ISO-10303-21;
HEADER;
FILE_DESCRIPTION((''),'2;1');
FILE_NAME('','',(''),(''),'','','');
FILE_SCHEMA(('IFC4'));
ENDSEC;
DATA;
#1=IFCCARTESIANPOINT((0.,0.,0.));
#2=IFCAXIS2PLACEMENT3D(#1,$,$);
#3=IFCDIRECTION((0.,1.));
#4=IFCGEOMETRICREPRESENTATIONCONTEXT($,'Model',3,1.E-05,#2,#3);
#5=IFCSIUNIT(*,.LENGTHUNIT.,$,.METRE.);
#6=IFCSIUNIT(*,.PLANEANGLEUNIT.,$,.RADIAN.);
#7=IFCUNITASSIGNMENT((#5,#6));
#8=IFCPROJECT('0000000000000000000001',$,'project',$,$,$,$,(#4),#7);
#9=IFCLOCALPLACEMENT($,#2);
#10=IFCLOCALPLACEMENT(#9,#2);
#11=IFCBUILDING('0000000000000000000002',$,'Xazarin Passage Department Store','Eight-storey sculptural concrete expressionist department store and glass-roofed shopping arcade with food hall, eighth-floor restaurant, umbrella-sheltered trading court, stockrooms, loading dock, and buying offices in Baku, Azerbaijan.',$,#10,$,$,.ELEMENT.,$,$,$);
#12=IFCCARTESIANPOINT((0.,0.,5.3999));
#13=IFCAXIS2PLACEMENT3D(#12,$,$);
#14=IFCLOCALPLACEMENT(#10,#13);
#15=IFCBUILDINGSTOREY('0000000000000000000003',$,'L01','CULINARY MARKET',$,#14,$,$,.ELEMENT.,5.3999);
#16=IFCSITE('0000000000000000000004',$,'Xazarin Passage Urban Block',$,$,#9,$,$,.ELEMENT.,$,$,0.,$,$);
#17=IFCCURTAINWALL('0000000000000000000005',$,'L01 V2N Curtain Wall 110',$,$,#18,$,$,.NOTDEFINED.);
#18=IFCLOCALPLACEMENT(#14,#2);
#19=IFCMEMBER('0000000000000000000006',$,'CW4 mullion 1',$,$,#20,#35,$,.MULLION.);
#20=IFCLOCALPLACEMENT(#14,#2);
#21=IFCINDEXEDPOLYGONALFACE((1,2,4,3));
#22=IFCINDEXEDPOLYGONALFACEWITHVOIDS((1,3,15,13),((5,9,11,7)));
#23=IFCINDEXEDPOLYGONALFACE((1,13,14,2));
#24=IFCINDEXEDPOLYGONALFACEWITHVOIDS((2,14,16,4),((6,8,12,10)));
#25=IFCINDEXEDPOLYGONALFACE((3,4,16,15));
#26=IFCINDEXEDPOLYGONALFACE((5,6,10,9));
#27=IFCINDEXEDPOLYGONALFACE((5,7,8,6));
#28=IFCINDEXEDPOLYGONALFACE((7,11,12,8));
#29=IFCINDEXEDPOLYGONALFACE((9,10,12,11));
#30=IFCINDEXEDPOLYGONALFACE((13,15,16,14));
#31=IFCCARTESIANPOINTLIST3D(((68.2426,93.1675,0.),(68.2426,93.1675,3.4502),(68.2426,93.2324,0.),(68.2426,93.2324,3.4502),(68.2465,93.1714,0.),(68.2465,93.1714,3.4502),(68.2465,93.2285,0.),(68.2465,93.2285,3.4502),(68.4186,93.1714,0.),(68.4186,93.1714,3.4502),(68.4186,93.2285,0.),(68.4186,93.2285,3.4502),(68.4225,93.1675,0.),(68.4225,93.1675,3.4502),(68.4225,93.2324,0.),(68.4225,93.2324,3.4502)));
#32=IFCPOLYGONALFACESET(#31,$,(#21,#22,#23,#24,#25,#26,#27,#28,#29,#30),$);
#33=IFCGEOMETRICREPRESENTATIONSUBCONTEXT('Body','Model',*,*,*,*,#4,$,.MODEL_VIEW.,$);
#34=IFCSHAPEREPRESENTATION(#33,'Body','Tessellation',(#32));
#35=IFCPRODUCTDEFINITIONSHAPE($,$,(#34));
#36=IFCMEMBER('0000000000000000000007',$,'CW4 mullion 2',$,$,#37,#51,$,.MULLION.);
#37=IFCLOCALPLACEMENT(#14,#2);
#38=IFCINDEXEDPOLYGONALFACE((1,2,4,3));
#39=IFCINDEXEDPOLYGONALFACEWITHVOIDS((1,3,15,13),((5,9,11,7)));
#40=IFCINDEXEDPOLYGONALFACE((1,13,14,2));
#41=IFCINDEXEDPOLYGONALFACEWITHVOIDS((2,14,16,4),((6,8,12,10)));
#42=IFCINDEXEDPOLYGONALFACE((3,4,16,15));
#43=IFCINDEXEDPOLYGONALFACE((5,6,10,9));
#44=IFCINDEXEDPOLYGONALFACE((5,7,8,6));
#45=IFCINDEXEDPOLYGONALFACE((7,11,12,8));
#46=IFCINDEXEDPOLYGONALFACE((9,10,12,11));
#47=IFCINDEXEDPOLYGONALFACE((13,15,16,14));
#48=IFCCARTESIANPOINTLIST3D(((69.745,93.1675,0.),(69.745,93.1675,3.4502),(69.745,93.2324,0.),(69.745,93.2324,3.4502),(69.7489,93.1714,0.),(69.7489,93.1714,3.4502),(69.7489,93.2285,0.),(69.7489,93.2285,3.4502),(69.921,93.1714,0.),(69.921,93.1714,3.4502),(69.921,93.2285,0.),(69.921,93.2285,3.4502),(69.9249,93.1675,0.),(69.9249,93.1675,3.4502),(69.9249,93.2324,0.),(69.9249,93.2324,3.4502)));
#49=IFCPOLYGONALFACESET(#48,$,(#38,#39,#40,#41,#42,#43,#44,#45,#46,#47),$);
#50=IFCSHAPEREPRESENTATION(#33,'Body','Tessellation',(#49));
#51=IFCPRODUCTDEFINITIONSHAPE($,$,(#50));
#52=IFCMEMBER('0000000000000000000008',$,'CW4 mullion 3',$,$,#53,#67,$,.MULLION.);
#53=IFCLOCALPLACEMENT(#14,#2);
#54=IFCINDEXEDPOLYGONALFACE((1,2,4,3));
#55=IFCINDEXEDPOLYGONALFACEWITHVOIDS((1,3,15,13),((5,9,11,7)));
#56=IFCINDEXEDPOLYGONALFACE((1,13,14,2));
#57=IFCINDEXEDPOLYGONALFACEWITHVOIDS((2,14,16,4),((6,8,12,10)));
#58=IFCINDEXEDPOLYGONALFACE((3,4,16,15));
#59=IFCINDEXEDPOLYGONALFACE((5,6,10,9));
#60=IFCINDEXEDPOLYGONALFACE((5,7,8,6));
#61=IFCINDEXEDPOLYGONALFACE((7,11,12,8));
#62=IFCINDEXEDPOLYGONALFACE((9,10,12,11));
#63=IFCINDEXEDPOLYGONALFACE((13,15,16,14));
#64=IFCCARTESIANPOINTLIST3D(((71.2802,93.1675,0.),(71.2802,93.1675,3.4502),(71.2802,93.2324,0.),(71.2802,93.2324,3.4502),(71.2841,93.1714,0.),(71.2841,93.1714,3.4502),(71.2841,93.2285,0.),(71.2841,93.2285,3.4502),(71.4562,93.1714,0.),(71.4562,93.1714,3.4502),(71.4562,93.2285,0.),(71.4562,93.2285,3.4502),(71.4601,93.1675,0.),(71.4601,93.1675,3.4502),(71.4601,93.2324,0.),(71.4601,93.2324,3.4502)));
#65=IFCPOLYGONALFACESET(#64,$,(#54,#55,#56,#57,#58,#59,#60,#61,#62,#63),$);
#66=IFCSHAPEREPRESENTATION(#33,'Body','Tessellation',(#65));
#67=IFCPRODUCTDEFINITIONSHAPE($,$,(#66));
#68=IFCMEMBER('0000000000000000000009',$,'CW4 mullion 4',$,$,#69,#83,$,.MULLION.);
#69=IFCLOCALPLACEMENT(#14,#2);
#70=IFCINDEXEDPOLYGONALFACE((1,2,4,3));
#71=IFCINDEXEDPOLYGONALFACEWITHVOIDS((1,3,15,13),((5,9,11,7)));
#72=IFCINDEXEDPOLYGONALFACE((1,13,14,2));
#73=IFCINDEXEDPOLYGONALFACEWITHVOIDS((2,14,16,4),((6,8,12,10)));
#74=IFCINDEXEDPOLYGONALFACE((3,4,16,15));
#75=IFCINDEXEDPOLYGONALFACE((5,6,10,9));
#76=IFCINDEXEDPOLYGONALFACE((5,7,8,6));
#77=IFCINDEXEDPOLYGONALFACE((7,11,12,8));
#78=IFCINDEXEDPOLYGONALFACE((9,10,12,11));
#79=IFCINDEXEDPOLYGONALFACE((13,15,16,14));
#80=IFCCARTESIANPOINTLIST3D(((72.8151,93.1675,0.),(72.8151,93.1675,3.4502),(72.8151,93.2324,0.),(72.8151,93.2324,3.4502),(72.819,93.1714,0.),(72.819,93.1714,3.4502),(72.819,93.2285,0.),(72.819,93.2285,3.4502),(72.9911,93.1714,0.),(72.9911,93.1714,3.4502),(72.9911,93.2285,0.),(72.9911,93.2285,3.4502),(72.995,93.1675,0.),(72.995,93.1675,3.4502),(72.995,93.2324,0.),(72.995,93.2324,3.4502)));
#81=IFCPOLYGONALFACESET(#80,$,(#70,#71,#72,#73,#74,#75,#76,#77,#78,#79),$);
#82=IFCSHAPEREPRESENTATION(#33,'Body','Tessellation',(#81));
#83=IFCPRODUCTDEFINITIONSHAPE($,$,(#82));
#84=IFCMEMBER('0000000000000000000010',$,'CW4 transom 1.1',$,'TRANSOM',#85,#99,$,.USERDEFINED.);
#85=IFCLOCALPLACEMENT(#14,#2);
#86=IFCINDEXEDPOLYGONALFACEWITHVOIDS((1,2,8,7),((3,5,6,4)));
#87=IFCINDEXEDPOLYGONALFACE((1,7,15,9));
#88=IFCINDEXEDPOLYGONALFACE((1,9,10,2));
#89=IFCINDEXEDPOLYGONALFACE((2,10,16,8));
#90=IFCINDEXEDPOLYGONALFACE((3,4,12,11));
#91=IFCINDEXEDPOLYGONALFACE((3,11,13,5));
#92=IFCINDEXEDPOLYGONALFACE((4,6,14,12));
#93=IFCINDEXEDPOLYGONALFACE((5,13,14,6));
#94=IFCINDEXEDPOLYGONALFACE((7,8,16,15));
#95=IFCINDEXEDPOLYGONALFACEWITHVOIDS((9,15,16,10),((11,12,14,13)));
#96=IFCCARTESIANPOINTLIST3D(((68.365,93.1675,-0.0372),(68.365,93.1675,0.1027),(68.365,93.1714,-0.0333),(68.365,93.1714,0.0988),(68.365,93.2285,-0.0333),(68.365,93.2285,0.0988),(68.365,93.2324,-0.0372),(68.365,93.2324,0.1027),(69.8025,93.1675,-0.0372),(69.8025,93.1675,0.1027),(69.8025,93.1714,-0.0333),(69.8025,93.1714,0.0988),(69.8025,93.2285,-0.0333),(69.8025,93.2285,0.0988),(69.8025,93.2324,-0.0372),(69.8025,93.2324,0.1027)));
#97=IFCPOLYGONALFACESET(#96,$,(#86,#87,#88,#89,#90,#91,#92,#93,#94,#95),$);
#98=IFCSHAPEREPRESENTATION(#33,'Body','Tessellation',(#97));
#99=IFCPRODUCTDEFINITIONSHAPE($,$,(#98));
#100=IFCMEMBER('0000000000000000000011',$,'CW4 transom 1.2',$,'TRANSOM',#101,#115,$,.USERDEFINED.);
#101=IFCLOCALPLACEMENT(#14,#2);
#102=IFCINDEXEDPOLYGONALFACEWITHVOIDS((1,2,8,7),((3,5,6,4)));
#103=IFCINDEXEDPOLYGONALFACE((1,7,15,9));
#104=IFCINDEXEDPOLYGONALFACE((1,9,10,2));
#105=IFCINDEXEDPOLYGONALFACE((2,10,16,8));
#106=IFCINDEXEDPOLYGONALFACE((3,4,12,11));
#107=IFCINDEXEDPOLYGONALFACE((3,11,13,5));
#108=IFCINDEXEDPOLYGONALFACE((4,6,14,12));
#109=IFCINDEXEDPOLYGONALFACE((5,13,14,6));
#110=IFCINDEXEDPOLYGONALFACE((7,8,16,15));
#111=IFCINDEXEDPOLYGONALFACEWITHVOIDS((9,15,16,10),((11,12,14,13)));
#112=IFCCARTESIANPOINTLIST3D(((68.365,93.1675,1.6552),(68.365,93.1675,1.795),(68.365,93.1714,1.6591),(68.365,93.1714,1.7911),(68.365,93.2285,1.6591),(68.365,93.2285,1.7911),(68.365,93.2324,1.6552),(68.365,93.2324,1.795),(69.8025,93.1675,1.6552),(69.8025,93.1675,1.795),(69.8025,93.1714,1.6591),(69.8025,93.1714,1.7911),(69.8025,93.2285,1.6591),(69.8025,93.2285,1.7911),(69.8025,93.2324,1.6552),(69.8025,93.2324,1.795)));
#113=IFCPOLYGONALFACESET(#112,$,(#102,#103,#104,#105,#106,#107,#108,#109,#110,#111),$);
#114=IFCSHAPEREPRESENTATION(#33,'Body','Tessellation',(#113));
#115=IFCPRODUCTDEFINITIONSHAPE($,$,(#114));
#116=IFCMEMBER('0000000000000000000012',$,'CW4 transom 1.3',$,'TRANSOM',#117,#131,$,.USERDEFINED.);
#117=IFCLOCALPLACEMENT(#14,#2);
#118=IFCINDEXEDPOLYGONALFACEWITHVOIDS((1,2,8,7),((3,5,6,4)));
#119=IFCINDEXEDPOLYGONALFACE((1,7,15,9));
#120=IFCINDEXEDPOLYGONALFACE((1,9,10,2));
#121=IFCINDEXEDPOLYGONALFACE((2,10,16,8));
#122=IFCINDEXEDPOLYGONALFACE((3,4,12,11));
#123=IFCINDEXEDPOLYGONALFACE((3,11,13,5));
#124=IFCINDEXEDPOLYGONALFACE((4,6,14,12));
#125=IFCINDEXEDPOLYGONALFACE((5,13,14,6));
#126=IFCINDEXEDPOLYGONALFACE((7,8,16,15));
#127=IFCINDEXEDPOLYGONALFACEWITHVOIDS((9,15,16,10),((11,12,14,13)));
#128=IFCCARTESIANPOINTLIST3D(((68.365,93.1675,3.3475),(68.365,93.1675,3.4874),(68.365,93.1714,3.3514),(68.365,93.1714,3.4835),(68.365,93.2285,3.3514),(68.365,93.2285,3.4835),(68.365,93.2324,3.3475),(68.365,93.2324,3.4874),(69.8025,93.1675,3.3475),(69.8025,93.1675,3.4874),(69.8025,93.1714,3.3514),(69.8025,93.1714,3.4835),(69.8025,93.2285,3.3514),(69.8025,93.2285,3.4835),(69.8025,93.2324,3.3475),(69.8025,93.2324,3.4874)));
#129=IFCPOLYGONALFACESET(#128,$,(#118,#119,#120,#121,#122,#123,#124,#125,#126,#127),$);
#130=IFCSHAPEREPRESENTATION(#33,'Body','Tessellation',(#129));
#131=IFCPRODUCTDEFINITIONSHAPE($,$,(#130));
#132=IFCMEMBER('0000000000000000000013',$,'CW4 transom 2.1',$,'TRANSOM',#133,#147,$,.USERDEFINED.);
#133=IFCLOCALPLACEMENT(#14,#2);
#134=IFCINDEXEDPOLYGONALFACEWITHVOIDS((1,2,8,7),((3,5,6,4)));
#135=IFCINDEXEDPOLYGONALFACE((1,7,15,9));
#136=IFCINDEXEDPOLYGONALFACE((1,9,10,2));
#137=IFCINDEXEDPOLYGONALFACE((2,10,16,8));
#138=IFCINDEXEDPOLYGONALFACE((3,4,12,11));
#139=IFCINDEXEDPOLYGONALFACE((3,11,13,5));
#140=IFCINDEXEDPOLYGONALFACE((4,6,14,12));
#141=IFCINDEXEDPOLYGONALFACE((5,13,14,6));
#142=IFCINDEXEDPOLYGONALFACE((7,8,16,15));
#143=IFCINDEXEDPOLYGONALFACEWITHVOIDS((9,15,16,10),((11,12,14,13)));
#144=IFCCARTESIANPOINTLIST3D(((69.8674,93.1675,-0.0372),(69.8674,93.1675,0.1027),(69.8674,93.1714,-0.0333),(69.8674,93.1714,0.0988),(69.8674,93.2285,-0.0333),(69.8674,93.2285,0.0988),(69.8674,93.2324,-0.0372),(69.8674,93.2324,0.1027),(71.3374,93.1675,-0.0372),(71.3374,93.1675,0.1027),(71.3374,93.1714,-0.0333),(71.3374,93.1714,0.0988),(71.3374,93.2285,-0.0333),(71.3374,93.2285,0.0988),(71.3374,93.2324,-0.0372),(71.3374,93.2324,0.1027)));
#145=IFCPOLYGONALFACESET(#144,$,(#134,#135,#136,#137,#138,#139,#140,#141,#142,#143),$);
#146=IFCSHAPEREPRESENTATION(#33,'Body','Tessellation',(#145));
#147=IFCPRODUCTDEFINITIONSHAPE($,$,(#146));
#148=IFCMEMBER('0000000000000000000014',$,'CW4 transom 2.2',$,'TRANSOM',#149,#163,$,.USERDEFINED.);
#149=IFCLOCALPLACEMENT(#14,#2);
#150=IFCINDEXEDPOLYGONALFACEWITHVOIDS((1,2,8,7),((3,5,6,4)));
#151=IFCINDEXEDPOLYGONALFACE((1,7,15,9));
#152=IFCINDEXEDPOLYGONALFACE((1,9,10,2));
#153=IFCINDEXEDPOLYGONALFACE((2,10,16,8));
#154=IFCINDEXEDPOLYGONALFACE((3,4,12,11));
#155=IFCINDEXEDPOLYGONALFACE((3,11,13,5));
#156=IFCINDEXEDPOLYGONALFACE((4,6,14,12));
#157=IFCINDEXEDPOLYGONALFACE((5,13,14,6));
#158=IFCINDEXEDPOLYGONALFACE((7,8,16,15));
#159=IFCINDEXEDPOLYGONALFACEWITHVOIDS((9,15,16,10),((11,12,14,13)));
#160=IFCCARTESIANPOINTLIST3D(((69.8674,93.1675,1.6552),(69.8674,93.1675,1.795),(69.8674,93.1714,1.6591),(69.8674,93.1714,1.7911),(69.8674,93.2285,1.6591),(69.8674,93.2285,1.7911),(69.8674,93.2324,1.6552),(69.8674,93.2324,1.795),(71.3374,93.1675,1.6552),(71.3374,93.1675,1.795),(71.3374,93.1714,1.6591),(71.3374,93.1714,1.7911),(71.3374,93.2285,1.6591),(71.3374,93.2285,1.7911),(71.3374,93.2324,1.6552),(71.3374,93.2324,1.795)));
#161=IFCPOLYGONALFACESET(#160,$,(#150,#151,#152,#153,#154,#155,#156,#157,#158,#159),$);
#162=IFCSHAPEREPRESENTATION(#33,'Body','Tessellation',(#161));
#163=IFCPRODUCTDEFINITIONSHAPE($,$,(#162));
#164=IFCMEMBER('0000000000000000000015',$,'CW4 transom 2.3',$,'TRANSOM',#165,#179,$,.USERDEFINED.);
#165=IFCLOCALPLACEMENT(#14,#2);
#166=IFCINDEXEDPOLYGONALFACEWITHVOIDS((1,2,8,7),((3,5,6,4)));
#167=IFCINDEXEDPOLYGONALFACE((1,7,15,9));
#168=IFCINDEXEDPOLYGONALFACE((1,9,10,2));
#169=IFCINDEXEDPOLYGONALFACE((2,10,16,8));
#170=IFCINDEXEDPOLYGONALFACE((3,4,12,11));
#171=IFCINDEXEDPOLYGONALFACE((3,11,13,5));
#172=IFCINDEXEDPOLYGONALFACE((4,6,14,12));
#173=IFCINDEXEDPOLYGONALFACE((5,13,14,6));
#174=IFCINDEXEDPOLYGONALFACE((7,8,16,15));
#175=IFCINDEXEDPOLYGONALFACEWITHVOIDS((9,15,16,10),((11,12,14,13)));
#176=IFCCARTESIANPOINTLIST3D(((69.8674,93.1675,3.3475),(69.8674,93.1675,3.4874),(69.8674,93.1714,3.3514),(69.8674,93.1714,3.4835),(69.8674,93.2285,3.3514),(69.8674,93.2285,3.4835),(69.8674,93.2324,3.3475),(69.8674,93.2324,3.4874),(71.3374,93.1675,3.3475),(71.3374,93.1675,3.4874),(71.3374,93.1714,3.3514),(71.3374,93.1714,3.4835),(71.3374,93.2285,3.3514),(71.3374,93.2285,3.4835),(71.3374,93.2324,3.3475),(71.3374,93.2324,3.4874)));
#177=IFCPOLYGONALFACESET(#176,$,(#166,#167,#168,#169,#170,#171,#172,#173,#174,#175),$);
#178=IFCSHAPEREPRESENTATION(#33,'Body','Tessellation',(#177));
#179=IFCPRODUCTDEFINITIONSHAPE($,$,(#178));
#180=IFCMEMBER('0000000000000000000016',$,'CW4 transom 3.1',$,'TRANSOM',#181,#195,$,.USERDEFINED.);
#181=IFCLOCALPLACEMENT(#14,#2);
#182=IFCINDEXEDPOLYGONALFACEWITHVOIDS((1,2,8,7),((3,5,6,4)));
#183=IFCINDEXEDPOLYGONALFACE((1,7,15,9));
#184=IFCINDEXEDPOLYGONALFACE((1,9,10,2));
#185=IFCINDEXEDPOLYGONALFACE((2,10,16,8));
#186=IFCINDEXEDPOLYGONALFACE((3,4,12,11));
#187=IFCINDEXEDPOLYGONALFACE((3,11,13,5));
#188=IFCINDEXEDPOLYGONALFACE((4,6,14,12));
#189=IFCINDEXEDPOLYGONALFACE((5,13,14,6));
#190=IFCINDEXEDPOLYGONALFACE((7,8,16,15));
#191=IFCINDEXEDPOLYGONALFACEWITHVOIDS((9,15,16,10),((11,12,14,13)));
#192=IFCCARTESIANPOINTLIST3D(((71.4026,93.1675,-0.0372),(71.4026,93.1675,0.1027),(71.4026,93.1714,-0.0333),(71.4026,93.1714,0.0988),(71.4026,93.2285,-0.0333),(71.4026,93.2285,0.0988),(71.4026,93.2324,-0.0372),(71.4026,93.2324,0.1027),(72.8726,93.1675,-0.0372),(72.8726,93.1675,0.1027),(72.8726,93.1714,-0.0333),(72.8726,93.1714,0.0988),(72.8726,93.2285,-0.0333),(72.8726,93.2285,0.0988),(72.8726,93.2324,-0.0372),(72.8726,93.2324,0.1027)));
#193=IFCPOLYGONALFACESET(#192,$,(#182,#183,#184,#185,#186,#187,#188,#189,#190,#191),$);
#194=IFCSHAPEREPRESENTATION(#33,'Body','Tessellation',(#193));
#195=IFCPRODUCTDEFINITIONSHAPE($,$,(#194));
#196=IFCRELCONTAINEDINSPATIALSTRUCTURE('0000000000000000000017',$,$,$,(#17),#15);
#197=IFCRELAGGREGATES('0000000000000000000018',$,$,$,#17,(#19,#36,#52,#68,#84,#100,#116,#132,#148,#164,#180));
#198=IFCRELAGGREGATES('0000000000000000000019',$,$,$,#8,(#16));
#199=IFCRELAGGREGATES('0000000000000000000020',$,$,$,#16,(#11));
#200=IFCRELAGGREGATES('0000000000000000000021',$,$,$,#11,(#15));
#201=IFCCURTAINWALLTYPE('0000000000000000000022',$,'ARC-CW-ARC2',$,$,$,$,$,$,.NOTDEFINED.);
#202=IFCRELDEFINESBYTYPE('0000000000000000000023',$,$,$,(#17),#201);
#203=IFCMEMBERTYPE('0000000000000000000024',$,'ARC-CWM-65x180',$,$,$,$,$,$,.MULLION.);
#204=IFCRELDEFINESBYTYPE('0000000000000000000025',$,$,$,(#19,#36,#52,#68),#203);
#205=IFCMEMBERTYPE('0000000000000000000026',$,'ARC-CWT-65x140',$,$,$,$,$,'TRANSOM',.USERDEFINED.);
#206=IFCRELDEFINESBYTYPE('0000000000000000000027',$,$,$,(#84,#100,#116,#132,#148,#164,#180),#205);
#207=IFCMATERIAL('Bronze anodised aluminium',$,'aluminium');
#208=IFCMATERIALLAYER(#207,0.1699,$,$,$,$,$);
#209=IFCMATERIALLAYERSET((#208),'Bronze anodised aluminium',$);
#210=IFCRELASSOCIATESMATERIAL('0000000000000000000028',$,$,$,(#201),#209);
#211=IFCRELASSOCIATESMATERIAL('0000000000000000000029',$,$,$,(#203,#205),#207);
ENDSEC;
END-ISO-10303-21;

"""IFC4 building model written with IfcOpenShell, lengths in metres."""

from ifc_helpers import new_model, si_unit, direction, frame, origin, origin_2d, place, context, subcontext, project, spatial, hollow_rectangle, extrude, material, layer, layer_set, material_profile, profile_set, type_object, element, aggregate, save


model = new_model("IFC4")

# Units and contexts
model_context = context("Model", 3, precision=1e-05, world=origin(), true_north=direction((0.0, 1.0)))
body_context = subcontext(model_context, "Body", "Model", "MODEL_VIEW")
ifc_project = project(units=[si_unit("LENGTHUNIT", "METRE"), si_unit("PLANEANGLEUNIT", "RADIAN")], contexts=[model_context])

# Site, building, storey
site_placement = place(None, origin())
site = spatial("IfcSite", under=ifc_project, at=site_placement, Name="Xazarin Passage Urban Block", CompositionType="ELEMENT", RefElevation=0.0)
building_placement = place(site_placement, origin())
building = spatial("IfcBuilding", under=site, at=building_placement, Name="Xazarin Passage Department Store", Description="Eight-storey sculptural concrete expressionist department store and glass-roofed shopping arcade with food hall, eighth-floor restaurant, umbrella-sheltered trading court, stockrooms, loading dock, and buying offices in Baku, Azerbaijan.", CompositionType="ELEMENT")
storey_placement = place(building_placement, frame((0.0, 0.0, 5.3999)))
storey = spatial("IfcBuildingStorey", under=building, at=storey_placement, Name="L01", Description="CULINARY MARKET", CompositionType="ELEMENT", Elevation=5.3999)

# Curtain wall, members
ifc_material_1 = material(Name="Bronze anodised aluminium", Category="aluminium")
ifc_layer_1 = layer(ifc_material_1, 0.1699)
ifc_layer_set_1 = layer_set([ifc_layer_1], Name="Bronze anodised aluminium")
curtain_wall_type = type_object("IfcCurtainWallType", Name="ARC-CW-ARC2", PredefinedType="NOTDEFINED", material=ifc_layer_set_1)
curtain_wall_placement = place(storey_placement, origin())
curtain_wall = element("IfcCurtainWall", 1, at=curtain_wall_placement, inside=storey, type_object=curtain_wall_type, Name="L01 V2N Curtain Wall 110", PredefinedType="NOTDEFINED")
ifc_material_profile_1 = material_profile(ifc_material_1, hollow_rectangle(XDim=0.0649, YDim=0.1799, WallThickness=0.0039, at=origin_2d()), Name="ALU 65x180")
ifc_profile_set_1 = profile_set([ifc_material_profile_1], Name="Bronze anodised aluminium")
member_type_1 = type_object("IfcMemberType", Name="ARC-CWM-65x180", PredefinedType="MULLION", material=ifc_profile_set_1)
member_1_placement = place(storey_placement, frame((68.3325, 93.2, 0.0), z_axis=(0.0, 0.0, 1.0), x_axis=(0.0, 1.0, 0.0)))
member_1 = element("IfcMember", 2, at=member_1_placement, type_object=member_type_1, Name="CW4 mullion 1", PredefinedType="MULLION", context=body_context, shape_type="SweptSolid", body=[
    extrude(hollow_rectangle(XDim=0.0649, YDim=0.1799, WallThickness=0.0039, at=origin_2d()), origin(), (0.0, 0.0, 1.0), 3.4502),
])
member_2_placement = place(storey_placement, frame((69.835, 93.2, 0.0), z_axis=(0.0, 0.0, 1.0), x_axis=(0.0, 1.0, 0.0)))
member_2 = element("IfcMember", 3, at=member_2_placement, type_object=member_type_1, Name="CW4 mullion 2", PredefinedType="MULLION", context=body_context, shape_type="SweptSolid", body=[
    extrude(hollow_rectangle(XDim=0.0649, YDim=0.1799, WallThickness=0.0039, at=origin_2d()), origin(), (0.0, 0.0, 1.0), 3.4502),
])
member_3_placement = place(storey_placement, frame((71.3701, 93.2, 0.0), z_axis=(0.0, 0.0, 1.0), x_axis=(0.0, 1.0, 0.0)))
member_3 = element("IfcMember", 4, at=member_3_placement, type_object=member_type_1, Name="CW4 mullion 3", PredefinedType="MULLION", context=body_context, shape_type="SweptSolid", body=[
    extrude(hollow_rectangle(XDim=0.0649, YDim=0.1799, WallThickness=0.0039, at=origin_2d()), origin(), (0.0, 0.0, 1.0), 3.4502),
])
member_4_placement = place(storey_placement, frame((72.905, 93.2, 0.0), z_axis=(0.0, 0.0, 1.0), x_axis=(0.0, 1.0, 0.0)))
member_4 = element("IfcMember", 5, at=member_4_placement, type_object=member_type_1, Name="CW4 mullion 4", PredefinedType="MULLION", context=body_context, shape_type="SweptSolid", body=[
    extrude(hollow_rectangle(XDim=0.0649, YDim=0.1799, WallThickness=0.0039, at=origin_2d()), origin(), (0.0, 0.0, 1.0), 3.4502),
])
ifc_material_profile_2 = material_profile(ifc_material_1, hollow_rectangle(XDim=0.0649, YDim=0.1399, WallThickness=0.0039, at=origin_2d()), Name="ALU 65x140")
ifc_profile_set_2 = profile_set([ifc_material_profile_2], Name="Bronze anodised aluminium")
member_type_2 = type_object("IfcMemberType", Name="ARC-CWT-65x140", ElementType="TRANSOM", PredefinedType="USERDEFINED", material=ifc_profile_set_2)
member_5_placement = place(storey_placement, frame((68.365, 93.2, 0.0327), z_axis=(1.0, 0.0, 0.0), x_axis=(0.0, 1.0, 0.0)))
member_5 = element("IfcMember", 6, at=member_5_placement, type_object=member_type_2, Name="CW4 transom 1.1", ObjectType="TRANSOM", PredefinedType="USERDEFINED", context=body_context, shape_type="SweptSolid", body=[
    extrude(hollow_rectangle(XDim=0.0649, YDim=0.1399, WallThickness=0.0039, at=origin_2d()), origin(), (0.0, 0.0, 1.0), 1.4375),
])
member_6_placement = place(storey_placement, frame((68.365, 93.2, 1.7251), z_axis=(1.0, 0.0, 0.0), x_axis=(0.0, 1.0, 0.0)))
member_6 = element("IfcMember", 7, at=member_6_placement, type_object=member_type_2, Name="CW4 transom 1.2", ObjectType="TRANSOM", PredefinedType="USERDEFINED", context=body_context, shape_type="SweptSolid", body=[
    extrude(hollow_rectangle(XDim=0.0649, YDim=0.1399, WallThickness=0.0039, at=origin_2d()), origin(), (0.0, 0.0, 1.0), 1.4375),
])
member_7_placement = place(storey_placement, frame((68.365, 93.2, 3.4175), z_axis=(1.0, 0.0, 0.0), x_axis=(0.0, 1.0, 0.0)))
member_7 = element("IfcMember", 8, at=member_7_placement, type_object=member_type_2, Name="CW4 transom 1.3", ObjectType="TRANSOM", PredefinedType="USERDEFINED", context=body_context, shape_type="SweptSolid", body=[
    extrude(hollow_rectangle(XDim=0.0649, YDim=0.1399, WallThickness=0.0039, at=origin_2d()), origin(), (0.0, 0.0, 1.0), 1.4375),
])
member_8_placement = place(storey_placement, frame((69.8674, 93.2, 0.0327), z_axis=(1.0, 0.0, 0.0), x_axis=(0.0, 1.0, 0.0)))
member_8 = element("IfcMember", 9, at=member_8_placement, type_object=member_type_2, Name="CW4 transom 2.1", ObjectType="TRANSOM", PredefinedType="USERDEFINED", context=body_context, shape_type="SweptSolid", body=[
    extrude(hollow_rectangle(XDim=0.0649, YDim=0.1399, WallThickness=0.0039, at=origin_2d()), origin(), (0.0, 0.0, 1.0), 1.47),
])
member_9_placement = place(storey_placement, frame((69.8674, 93.2, 1.7251), z_axis=(1.0, 0.0, 0.0), x_axis=(0.0, 1.0, 0.0)))
member_9 = element("IfcMember", 10, at=member_9_placement, type_object=member_type_2, Name="CW4 transom 2.2", ObjectType="TRANSOM", PredefinedType="USERDEFINED", context=body_context, shape_type="SweptSolid", body=[
    extrude(hollow_rectangle(XDim=0.0649, YDim=0.1399, WallThickness=0.0039, at=origin_2d()), origin(), (0.0, 0.0, 1.0), 1.47),
])
member_10_placement = place(storey_placement, frame((69.8674, 93.2, 3.4175), z_axis=(1.0, 0.0, 0.0), x_axis=(0.0, 1.0, 0.0)))
member_10 = element("IfcMember", 11, at=member_10_placement, type_object=member_type_2, Name="CW4 transom 2.3", ObjectType="TRANSOM", PredefinedType="USERDEFINED", context=body_context, shape_type="SweptSolid", body=[
    extrude(hollow_rectangle(XDim=0.0649, YDim=0.1399, WallThickness=0.0039, at=origin_2d()), origin(), (0.0, 0.0, 1.0), 1.47),
])
member_11_placement = place(storey_placement, frame((71.4026, 93.2, 0.0327), z_axis=(1.0, 0.0, 0.0), x_axis=(0.0, 1.0, 0.0)))
member_11 = element("IfcMember", 12, at=member_11_placement, type_object=member_type_2, Name="CW4 transom 3.1", ObjectType="TRANSOM", PredefinedType="USERDEFINED", context=body_context, shape_type="SweptSolid", body=[
    extrude(hollow_rectangle(XDim=0.0649, YDim=0.1399, WallThickness=0.0039, at=origin_2d()), origin(), (0.0, 0.0, 1.0), 1.47),
])

aggregate(curtain_wall, [member_1, member_2, member_3, member_4, member_5, member_6, member_7, member_8, member_9, member_10, member_11])

save(model, "model.ifc")
